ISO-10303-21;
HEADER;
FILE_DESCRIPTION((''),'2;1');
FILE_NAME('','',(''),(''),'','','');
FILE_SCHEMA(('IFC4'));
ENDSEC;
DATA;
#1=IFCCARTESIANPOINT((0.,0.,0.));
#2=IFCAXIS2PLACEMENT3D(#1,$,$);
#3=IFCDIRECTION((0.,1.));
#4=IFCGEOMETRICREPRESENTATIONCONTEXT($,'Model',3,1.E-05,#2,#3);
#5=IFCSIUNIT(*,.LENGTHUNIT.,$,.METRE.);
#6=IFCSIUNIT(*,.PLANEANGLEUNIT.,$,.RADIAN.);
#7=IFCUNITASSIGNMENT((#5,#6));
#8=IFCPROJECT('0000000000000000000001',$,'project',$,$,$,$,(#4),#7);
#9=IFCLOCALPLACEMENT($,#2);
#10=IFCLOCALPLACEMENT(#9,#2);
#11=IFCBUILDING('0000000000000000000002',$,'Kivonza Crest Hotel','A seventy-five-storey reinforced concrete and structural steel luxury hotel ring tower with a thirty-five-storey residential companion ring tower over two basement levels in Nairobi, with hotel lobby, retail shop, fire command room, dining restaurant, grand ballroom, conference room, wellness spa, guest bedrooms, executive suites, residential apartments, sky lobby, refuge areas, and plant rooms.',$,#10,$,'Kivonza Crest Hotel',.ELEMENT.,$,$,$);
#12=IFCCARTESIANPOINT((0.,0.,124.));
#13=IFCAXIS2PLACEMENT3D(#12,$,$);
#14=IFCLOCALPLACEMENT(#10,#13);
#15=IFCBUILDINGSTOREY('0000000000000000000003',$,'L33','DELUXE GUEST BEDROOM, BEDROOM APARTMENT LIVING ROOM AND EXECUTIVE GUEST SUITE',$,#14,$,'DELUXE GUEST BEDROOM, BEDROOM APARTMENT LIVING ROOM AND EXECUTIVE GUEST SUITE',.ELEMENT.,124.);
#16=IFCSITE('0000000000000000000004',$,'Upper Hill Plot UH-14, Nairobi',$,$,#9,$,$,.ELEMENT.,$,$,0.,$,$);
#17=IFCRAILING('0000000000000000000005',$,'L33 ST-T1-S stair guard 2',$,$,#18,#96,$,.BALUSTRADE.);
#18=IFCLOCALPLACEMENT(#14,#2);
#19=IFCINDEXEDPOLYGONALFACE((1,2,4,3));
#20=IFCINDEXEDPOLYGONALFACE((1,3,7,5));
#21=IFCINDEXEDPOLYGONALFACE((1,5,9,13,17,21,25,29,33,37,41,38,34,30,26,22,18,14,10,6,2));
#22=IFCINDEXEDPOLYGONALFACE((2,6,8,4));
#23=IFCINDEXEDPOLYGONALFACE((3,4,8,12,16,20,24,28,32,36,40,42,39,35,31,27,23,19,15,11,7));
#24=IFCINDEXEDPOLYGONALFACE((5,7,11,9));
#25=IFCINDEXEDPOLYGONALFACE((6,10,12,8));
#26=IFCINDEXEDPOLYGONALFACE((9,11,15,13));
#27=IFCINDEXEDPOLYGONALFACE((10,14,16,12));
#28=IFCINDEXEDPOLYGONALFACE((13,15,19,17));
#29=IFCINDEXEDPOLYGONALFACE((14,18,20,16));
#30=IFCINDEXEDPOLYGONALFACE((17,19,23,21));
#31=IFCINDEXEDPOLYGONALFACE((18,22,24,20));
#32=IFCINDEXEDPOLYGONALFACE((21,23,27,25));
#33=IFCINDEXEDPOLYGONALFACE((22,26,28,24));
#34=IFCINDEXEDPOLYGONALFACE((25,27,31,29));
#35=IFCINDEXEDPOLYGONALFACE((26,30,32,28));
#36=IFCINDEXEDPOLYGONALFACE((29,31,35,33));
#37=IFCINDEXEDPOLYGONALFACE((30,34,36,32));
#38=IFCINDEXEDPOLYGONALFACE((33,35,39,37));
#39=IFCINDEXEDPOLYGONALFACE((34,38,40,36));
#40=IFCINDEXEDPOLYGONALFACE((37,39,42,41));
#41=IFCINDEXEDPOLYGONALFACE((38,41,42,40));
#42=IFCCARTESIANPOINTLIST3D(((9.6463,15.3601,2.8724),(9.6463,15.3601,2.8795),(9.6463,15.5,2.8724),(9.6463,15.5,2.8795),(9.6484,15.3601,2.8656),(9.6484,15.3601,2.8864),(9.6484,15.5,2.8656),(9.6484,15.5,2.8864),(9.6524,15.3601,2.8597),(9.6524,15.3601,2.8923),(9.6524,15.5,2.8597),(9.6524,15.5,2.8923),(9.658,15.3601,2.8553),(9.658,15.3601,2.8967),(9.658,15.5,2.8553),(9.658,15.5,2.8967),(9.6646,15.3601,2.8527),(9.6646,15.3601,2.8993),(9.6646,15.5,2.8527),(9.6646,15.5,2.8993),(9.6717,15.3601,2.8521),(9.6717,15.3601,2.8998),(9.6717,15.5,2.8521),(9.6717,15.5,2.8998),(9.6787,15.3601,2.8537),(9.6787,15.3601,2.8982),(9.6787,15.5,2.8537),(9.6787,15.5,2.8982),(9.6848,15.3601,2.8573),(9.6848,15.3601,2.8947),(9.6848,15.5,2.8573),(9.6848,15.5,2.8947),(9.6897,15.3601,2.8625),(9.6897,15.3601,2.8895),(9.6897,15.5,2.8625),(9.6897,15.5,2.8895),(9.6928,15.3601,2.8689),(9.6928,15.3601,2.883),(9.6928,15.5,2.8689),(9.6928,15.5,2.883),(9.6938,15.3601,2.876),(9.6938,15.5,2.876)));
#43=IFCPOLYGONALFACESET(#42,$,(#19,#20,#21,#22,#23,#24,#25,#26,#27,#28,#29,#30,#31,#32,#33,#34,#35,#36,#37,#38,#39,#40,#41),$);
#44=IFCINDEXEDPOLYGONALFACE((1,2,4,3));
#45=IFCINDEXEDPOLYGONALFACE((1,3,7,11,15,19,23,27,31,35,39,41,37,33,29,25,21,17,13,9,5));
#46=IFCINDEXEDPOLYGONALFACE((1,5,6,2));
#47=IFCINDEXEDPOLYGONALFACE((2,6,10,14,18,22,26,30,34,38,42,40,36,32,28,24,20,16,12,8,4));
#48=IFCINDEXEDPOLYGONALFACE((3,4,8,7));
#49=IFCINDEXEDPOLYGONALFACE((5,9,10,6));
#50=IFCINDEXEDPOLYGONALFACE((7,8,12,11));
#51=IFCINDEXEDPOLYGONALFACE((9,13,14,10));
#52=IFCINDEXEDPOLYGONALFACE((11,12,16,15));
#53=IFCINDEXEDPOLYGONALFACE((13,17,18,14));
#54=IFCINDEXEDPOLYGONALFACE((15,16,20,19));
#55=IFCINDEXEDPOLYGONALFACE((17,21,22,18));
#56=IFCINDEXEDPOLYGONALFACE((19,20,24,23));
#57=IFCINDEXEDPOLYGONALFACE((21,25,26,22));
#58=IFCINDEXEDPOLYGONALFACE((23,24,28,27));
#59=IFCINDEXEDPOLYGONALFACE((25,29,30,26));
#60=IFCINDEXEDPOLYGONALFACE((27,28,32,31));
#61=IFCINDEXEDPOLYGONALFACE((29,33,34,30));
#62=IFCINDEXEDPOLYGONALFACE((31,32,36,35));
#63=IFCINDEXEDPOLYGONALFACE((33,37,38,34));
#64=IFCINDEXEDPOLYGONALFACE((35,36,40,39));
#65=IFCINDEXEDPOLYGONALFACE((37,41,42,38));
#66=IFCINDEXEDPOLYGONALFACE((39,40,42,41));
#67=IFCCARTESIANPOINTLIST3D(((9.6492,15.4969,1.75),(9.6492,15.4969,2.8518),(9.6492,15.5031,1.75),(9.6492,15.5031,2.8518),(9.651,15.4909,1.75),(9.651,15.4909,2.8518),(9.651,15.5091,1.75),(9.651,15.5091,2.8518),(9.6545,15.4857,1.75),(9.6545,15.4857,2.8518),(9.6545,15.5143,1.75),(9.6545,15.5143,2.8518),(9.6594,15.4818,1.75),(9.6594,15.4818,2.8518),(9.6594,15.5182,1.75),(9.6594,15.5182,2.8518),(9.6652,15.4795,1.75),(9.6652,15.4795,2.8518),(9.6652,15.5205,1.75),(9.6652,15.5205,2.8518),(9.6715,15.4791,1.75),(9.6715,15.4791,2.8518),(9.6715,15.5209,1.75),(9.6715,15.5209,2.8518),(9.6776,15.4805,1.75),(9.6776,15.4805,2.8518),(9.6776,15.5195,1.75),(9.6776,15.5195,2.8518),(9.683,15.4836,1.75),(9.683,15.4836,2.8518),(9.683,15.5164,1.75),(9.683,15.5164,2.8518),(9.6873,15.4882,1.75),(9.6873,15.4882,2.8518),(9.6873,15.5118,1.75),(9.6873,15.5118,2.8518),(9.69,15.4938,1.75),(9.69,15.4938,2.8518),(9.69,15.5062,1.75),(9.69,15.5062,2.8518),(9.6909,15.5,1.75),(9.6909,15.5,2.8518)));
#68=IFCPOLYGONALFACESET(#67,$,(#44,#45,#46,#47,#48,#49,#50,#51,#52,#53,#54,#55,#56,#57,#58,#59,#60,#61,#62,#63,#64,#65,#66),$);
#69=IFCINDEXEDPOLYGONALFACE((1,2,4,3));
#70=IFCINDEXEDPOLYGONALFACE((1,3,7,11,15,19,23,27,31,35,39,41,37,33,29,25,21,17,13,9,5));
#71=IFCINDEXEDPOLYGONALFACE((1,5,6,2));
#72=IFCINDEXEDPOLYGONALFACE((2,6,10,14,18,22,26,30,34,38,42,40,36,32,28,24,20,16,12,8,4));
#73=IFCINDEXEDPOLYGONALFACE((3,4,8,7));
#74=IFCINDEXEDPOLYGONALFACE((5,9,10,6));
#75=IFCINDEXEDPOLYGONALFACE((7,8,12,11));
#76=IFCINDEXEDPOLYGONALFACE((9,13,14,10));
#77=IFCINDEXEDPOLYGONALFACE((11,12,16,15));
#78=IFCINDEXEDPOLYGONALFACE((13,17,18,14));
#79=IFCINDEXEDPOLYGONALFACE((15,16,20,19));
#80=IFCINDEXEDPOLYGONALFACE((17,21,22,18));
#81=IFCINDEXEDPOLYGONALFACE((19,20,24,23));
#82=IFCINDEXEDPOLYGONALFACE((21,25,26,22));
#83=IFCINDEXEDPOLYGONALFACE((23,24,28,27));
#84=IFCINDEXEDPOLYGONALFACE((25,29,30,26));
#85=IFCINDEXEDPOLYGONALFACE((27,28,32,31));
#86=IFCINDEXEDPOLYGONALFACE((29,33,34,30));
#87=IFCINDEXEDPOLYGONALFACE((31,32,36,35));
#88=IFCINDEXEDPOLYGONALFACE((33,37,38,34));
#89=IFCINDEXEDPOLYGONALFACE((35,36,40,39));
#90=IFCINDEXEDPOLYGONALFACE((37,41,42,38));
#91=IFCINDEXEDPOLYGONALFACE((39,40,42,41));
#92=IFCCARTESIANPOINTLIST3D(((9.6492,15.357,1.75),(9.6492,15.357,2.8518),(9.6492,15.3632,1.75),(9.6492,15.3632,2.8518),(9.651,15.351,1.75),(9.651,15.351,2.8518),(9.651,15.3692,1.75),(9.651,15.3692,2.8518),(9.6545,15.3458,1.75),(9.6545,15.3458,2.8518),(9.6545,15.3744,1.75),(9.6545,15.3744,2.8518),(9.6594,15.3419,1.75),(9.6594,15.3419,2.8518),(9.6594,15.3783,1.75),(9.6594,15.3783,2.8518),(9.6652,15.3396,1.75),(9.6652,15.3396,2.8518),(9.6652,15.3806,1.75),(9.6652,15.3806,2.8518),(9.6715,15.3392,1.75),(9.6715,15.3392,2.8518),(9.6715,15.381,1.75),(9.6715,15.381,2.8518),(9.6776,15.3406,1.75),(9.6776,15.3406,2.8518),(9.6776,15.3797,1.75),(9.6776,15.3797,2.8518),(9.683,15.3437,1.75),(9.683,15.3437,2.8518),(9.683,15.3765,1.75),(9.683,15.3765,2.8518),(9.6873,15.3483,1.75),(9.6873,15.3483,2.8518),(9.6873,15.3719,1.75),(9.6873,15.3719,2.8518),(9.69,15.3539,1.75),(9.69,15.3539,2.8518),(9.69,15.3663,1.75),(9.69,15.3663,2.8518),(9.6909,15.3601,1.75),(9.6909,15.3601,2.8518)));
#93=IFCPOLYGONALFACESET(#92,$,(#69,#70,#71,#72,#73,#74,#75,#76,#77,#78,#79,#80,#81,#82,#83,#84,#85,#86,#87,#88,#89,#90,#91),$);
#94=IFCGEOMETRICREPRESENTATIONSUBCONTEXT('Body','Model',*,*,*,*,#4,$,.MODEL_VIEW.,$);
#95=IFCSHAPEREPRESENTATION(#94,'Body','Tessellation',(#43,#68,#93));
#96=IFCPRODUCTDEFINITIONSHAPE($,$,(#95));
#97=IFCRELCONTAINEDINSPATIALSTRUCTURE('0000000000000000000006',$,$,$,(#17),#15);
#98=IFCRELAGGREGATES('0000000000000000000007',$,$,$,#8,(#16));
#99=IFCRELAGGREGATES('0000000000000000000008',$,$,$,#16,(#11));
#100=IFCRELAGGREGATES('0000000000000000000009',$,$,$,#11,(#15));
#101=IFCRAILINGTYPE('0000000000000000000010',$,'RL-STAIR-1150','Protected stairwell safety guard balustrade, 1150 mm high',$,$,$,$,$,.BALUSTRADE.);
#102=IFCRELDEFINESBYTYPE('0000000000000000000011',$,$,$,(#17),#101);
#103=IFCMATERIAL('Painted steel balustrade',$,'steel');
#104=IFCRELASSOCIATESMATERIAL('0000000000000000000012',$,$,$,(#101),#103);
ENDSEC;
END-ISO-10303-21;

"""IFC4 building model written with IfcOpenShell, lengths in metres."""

from ifc_helpers import new_model, si_unit, direction, frame, origin, origin_2d, place, context, subcontext, project, spatial, circle, extrude, material, type_object, element, save


model = new_model("IFC4")

# Units and contexts
model_context = context("Model", 3, precision=1e-05, world=origin(), true_north=direction((0.0, 1.0)))
body_context = subcontext(model_context, "Body", "Model", "MODEL_VIEW")
ifc_project = project(units=[si_unit("LENGTHUNIT", "METRE"), si_unit("PLANEANGLEUNIT", "RADIAN")], contexts=[model_context])

# Site, building, storey
site_placement = place(None, origin())
site = spatial("IfcSite", under=ifc_project, at=site_placement, Name="Upper Hill Plot UH-14, Nairobi", CompositionType="ELEMENT", RefElevation=0.0)
building_placement = place(site_placement, origin())
building = spatial("IfcBuilding", under=site, at=building_placement, Name="Kivonza Crest Hotel", Description="A seventy-five-storey reinforced concrete and structural steel luxury hotel ring tower with a thirty-five-storey residential companion ring tower over two basement levels in Nairobi, with hotel lobby, retail shop, fire command room, dining restaurant, grand ballroom, conference room, wellness spa, guest bedrooms, executive suites, residential apartments, sky lobby, refuge areas, and plant rooms.", LongName="Kivonza Crest Hotel", CompositionType="ELEMENT")
storey_placement = place(building_placement, frame((0.0, 0.0, 124.0)))
storey = spatial("IfcBuildingStorey", under=building, at=storey_placement, Name="L33", Description="DELUXE GUEST BEDROOM, BEDROOM APARTMENT LIVING ROOM AND EXECUTIVE GUEST SUITE", LongName="DELUXE GUEST BEDROOM, BEDROOM APARTMENT LIVING ROOM AND EXECUTIVE GUEST SUITE", CompositionType="ELEMENT", Elevation=124.0)

# Railing
ifc_material_1 = material(Name="Painted steel balustrade", Category="steel")
railing_type_1 = type_object("IfcRailingType", Name="RL-STAIR-1150", Description="Protected stairwell safety guard balustrade, 1150 mm high", PredefinedType="BALUSTRADE", material=ifc_material_1)
railing_1_placement = place(storey_placement, frame((9.6699, 15.5, 1.75)))
element("IfcRailing", 1, at=railing_1_placement, inside=storey, type_object=railing_type_1, Name="L33 ST-T1-S stair guard 2", PredefinedType="BALUSTRADE", context=body_context, shape_type="SweptSolid", body=[
    extrude(circle(Radius=0.0239, at=origin_2d()), frame((0.0, 0.0, 1.126), z_axis=(0.0, -1.0, 0.0), x_axis=(1.0, 0.0, 0.0)), (0.0, 0.0, 1.0), 0.1399),
    extrude(circle(Radius=0.021, at=origin_2d()), origin(), (0.0, 0.0, 1.0), 1.1018),
    extrude(circle(Radius=0.021, at=origin_2d()), frame((0.0, -0.1399, 0.0)), (0.0, 0.0, 1.0), 1.1018),
])

save(model, "model.ifc")
